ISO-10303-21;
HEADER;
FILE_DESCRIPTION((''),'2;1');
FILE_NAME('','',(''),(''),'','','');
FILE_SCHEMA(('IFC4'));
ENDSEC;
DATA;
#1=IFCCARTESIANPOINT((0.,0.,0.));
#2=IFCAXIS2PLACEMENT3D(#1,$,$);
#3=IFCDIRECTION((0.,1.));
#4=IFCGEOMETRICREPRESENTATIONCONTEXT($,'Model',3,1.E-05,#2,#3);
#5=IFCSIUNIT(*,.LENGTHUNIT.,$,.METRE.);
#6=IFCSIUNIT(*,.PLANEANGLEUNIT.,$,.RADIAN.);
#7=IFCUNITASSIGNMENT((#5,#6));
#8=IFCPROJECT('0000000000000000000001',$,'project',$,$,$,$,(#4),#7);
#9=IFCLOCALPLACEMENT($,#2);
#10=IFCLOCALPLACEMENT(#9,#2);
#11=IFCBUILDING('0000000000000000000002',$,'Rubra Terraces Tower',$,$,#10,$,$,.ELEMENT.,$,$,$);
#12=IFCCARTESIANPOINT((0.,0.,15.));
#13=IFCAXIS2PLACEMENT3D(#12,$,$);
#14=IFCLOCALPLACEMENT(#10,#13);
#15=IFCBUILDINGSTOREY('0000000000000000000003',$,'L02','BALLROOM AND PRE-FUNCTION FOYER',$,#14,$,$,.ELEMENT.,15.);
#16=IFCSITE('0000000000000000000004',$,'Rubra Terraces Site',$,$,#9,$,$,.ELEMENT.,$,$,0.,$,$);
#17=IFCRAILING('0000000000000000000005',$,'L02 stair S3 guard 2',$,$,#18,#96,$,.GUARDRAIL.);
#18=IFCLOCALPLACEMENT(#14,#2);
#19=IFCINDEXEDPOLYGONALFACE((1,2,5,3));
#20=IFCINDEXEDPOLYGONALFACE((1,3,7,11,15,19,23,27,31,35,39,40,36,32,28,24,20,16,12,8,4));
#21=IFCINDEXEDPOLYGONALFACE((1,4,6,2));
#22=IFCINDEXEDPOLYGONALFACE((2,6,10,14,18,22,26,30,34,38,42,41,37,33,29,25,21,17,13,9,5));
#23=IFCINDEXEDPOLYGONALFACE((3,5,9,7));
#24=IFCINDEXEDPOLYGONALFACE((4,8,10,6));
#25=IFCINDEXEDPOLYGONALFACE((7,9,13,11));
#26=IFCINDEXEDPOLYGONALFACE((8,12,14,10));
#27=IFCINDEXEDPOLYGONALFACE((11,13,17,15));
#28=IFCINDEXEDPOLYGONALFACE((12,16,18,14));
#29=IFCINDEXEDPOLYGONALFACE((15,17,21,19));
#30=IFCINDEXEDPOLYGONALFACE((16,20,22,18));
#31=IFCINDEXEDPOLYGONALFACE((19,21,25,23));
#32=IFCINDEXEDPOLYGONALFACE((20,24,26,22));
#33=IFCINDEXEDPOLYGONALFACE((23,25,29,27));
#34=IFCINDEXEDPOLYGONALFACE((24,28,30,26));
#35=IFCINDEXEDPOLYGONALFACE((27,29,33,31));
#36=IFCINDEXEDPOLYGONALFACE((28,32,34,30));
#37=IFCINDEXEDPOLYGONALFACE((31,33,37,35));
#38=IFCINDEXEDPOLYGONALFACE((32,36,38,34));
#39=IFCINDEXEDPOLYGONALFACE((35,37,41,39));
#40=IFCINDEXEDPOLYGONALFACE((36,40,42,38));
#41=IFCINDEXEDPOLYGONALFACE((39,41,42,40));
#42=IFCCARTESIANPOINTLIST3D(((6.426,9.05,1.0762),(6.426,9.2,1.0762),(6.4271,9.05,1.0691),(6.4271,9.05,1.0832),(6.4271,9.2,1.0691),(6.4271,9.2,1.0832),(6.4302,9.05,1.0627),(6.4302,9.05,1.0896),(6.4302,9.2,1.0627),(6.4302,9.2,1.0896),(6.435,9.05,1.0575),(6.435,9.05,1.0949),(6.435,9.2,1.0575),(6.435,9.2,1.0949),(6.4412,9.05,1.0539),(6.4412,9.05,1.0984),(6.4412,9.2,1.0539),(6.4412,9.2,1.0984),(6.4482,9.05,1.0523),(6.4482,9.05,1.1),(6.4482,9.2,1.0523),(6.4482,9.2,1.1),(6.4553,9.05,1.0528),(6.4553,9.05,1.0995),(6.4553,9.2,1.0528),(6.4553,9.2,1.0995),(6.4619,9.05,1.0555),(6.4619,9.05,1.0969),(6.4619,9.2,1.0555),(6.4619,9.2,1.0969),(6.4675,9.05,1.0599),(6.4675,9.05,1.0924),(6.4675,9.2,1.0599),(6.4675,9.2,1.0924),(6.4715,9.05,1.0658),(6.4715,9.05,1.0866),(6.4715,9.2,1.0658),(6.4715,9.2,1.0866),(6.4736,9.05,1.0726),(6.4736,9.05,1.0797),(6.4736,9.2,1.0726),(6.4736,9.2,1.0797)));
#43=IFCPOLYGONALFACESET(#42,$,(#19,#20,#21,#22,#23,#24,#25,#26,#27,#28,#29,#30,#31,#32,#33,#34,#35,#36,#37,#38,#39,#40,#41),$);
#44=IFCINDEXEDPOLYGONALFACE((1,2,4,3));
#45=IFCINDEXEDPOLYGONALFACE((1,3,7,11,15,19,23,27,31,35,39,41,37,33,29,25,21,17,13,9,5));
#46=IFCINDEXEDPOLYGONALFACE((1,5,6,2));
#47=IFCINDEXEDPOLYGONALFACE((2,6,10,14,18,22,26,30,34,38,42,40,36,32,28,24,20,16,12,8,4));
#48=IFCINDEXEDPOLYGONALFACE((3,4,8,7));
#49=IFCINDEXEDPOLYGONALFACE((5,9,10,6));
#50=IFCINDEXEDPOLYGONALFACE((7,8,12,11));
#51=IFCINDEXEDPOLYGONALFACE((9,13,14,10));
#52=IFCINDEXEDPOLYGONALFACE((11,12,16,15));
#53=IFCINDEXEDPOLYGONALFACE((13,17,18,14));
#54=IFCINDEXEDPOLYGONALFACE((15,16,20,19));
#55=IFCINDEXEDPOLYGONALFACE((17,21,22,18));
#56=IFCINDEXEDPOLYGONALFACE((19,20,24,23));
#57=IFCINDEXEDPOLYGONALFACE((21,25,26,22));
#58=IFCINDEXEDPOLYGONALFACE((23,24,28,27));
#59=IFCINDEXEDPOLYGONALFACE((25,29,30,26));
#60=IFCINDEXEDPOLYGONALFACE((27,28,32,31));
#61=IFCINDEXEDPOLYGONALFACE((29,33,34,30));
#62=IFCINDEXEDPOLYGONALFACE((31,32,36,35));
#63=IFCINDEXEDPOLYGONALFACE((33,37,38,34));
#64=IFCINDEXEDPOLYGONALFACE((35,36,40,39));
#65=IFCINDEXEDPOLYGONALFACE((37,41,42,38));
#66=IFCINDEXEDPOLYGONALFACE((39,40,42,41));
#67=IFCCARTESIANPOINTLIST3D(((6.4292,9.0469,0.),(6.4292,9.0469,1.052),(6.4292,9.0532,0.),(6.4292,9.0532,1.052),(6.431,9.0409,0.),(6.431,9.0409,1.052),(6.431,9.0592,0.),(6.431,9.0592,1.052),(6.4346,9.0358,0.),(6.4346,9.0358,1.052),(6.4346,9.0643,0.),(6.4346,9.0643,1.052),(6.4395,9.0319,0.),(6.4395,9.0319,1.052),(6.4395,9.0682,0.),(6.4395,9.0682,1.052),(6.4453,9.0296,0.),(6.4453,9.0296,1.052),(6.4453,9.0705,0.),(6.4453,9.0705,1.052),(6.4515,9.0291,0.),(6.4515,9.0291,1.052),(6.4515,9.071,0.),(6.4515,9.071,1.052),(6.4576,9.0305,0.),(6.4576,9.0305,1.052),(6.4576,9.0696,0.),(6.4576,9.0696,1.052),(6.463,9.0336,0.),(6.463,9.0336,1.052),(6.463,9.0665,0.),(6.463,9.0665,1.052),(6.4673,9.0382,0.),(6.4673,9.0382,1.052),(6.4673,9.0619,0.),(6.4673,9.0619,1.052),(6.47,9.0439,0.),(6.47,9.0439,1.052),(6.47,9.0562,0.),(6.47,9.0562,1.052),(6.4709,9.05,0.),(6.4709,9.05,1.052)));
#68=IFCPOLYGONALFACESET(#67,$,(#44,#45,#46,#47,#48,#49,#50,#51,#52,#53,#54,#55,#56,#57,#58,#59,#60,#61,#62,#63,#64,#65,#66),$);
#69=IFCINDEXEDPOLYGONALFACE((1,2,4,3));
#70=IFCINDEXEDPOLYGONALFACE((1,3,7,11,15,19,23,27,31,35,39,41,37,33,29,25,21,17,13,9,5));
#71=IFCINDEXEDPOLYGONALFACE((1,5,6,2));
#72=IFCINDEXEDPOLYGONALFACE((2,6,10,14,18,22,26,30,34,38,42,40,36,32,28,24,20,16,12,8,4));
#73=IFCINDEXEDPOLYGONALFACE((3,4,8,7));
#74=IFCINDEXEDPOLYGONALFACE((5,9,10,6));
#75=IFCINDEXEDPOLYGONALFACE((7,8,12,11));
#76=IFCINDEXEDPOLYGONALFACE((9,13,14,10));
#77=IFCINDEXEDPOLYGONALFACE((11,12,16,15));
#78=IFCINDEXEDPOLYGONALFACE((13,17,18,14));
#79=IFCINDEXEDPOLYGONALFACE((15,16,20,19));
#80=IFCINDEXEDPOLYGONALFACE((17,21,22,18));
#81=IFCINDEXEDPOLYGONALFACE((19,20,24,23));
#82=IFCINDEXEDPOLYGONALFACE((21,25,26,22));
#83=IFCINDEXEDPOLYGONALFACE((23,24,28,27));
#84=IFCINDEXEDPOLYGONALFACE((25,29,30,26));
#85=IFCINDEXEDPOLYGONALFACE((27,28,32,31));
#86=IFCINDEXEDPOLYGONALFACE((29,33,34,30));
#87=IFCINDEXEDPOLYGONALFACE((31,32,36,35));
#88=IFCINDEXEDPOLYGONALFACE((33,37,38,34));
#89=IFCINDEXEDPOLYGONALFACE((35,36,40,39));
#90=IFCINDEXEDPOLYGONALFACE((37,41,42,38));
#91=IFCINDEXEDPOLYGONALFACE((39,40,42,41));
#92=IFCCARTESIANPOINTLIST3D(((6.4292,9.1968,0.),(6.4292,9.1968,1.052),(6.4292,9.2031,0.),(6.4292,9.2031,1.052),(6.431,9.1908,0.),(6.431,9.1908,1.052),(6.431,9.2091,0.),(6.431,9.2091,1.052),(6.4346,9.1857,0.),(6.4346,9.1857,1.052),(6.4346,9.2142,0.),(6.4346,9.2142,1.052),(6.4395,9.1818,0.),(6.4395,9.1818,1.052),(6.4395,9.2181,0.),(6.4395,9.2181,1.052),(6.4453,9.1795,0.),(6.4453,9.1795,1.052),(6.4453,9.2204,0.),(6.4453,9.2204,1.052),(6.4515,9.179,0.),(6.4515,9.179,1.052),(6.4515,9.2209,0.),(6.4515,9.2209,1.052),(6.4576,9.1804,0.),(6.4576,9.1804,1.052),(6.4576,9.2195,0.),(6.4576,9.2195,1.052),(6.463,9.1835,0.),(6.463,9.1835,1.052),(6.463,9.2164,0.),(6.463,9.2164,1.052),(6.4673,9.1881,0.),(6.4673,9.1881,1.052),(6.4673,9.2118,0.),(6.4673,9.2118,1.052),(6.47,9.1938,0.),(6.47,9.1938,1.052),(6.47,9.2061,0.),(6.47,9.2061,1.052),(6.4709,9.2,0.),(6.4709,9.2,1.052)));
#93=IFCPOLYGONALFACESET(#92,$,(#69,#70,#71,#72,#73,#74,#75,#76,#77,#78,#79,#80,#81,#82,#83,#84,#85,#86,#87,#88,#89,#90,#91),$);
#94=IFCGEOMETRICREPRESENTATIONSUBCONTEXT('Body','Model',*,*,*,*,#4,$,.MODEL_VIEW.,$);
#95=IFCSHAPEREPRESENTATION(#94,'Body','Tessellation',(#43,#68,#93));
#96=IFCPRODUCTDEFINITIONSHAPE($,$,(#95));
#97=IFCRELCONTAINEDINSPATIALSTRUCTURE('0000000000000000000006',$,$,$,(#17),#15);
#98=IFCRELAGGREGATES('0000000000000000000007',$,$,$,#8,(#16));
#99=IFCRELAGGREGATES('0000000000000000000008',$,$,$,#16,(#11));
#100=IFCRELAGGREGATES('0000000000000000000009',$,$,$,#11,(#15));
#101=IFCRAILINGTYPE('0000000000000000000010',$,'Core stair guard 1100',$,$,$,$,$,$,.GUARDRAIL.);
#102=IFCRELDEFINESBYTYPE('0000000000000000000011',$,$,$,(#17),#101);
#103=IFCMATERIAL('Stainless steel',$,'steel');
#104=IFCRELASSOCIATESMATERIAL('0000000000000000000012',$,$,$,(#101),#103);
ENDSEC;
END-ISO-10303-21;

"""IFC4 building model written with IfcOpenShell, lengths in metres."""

from ifc_helpers import new_model, si_unit, direction, frame, origin, origin_2d, place, context, subcontext, project, spatial, circle, extrude, material, type_object, element, save


model = new_model("IFC4")

# Units and contexts
model_context = context("Model", 3, precision=1e-05, world=origin(), true_north=direction((0.0, 1.0)))
body_context = subcontext(model_context, "Body", "Model", "MODEL_VIEW")
ifc_project = project(units=[si_unit("LENGTHUNIT", "METRE"), si_unit("PLANEANGLEUNIT", "RADIAN")], contexts=[model_context])

# Site, building, storey
site_placement = place(None, origin())
site = spatial("IfcSite", under=ifc_project, at=site_placement, Name="Rubra Terraces Site", CompositionType="ELEMENT", RefElevation=0.0)
building_placement = place(site_placement, origin())
building = spatial("IfcBuilding", under=site, at=building_placement, Name="Rubra Terraces Tower", CompositionType="ELEMENT")
storey_placement = place(building_placement, frame((0.0, 0.0, 15.0)))
storey = spatial("IfcBuildingStorey", under=building, at=storey_placement, Name="L02", Description="BALLROOM AND PRE-FUNCTION FOYER", CompositionType="ELEMENT", Elevation=15.0)

# Railing
ifc_material_1 = material(Name="Stainless steel", Category="steel")
railing_type_1 = type_object("IfcRailingType", Name="Core stair guard 1100", PredefinedType="GUARDRAIL", material=ifc_material_1)
railing_1_placement = place(storey_placement, frame((6.45, 9.05, 0.0)))
element("IfcRailing", 1, at=railing_1_placement, inside=storey, type_object=railing_type_1, Name="L02 stair S3 guard 2", PredefinedType="GUARDRAIL", context=body_context, shape_type="SweptSolid", body=[
    extrude(circle(Radius=0.0239, at=origin_2d()), frame((0.0, 0.0, 1.0762), z_axis=(0.0, 1.0, 0.0), x_axis=(-1.0, 0.0, 0.0)), (0.0, 0.0, 1.0), 0.1499),
    extrude(circle(Radius=0.021, at=origin_2d()), origin(), (0.0, 0.0, 1.0), 1.052),
    extrude(circle(Radius=0.021, at=origin_2d()), frame((0.0, 0.1499, 0.0)), (0.0, 0.0, 1.0), 1.052),
])

save(model, "model.ifc")
